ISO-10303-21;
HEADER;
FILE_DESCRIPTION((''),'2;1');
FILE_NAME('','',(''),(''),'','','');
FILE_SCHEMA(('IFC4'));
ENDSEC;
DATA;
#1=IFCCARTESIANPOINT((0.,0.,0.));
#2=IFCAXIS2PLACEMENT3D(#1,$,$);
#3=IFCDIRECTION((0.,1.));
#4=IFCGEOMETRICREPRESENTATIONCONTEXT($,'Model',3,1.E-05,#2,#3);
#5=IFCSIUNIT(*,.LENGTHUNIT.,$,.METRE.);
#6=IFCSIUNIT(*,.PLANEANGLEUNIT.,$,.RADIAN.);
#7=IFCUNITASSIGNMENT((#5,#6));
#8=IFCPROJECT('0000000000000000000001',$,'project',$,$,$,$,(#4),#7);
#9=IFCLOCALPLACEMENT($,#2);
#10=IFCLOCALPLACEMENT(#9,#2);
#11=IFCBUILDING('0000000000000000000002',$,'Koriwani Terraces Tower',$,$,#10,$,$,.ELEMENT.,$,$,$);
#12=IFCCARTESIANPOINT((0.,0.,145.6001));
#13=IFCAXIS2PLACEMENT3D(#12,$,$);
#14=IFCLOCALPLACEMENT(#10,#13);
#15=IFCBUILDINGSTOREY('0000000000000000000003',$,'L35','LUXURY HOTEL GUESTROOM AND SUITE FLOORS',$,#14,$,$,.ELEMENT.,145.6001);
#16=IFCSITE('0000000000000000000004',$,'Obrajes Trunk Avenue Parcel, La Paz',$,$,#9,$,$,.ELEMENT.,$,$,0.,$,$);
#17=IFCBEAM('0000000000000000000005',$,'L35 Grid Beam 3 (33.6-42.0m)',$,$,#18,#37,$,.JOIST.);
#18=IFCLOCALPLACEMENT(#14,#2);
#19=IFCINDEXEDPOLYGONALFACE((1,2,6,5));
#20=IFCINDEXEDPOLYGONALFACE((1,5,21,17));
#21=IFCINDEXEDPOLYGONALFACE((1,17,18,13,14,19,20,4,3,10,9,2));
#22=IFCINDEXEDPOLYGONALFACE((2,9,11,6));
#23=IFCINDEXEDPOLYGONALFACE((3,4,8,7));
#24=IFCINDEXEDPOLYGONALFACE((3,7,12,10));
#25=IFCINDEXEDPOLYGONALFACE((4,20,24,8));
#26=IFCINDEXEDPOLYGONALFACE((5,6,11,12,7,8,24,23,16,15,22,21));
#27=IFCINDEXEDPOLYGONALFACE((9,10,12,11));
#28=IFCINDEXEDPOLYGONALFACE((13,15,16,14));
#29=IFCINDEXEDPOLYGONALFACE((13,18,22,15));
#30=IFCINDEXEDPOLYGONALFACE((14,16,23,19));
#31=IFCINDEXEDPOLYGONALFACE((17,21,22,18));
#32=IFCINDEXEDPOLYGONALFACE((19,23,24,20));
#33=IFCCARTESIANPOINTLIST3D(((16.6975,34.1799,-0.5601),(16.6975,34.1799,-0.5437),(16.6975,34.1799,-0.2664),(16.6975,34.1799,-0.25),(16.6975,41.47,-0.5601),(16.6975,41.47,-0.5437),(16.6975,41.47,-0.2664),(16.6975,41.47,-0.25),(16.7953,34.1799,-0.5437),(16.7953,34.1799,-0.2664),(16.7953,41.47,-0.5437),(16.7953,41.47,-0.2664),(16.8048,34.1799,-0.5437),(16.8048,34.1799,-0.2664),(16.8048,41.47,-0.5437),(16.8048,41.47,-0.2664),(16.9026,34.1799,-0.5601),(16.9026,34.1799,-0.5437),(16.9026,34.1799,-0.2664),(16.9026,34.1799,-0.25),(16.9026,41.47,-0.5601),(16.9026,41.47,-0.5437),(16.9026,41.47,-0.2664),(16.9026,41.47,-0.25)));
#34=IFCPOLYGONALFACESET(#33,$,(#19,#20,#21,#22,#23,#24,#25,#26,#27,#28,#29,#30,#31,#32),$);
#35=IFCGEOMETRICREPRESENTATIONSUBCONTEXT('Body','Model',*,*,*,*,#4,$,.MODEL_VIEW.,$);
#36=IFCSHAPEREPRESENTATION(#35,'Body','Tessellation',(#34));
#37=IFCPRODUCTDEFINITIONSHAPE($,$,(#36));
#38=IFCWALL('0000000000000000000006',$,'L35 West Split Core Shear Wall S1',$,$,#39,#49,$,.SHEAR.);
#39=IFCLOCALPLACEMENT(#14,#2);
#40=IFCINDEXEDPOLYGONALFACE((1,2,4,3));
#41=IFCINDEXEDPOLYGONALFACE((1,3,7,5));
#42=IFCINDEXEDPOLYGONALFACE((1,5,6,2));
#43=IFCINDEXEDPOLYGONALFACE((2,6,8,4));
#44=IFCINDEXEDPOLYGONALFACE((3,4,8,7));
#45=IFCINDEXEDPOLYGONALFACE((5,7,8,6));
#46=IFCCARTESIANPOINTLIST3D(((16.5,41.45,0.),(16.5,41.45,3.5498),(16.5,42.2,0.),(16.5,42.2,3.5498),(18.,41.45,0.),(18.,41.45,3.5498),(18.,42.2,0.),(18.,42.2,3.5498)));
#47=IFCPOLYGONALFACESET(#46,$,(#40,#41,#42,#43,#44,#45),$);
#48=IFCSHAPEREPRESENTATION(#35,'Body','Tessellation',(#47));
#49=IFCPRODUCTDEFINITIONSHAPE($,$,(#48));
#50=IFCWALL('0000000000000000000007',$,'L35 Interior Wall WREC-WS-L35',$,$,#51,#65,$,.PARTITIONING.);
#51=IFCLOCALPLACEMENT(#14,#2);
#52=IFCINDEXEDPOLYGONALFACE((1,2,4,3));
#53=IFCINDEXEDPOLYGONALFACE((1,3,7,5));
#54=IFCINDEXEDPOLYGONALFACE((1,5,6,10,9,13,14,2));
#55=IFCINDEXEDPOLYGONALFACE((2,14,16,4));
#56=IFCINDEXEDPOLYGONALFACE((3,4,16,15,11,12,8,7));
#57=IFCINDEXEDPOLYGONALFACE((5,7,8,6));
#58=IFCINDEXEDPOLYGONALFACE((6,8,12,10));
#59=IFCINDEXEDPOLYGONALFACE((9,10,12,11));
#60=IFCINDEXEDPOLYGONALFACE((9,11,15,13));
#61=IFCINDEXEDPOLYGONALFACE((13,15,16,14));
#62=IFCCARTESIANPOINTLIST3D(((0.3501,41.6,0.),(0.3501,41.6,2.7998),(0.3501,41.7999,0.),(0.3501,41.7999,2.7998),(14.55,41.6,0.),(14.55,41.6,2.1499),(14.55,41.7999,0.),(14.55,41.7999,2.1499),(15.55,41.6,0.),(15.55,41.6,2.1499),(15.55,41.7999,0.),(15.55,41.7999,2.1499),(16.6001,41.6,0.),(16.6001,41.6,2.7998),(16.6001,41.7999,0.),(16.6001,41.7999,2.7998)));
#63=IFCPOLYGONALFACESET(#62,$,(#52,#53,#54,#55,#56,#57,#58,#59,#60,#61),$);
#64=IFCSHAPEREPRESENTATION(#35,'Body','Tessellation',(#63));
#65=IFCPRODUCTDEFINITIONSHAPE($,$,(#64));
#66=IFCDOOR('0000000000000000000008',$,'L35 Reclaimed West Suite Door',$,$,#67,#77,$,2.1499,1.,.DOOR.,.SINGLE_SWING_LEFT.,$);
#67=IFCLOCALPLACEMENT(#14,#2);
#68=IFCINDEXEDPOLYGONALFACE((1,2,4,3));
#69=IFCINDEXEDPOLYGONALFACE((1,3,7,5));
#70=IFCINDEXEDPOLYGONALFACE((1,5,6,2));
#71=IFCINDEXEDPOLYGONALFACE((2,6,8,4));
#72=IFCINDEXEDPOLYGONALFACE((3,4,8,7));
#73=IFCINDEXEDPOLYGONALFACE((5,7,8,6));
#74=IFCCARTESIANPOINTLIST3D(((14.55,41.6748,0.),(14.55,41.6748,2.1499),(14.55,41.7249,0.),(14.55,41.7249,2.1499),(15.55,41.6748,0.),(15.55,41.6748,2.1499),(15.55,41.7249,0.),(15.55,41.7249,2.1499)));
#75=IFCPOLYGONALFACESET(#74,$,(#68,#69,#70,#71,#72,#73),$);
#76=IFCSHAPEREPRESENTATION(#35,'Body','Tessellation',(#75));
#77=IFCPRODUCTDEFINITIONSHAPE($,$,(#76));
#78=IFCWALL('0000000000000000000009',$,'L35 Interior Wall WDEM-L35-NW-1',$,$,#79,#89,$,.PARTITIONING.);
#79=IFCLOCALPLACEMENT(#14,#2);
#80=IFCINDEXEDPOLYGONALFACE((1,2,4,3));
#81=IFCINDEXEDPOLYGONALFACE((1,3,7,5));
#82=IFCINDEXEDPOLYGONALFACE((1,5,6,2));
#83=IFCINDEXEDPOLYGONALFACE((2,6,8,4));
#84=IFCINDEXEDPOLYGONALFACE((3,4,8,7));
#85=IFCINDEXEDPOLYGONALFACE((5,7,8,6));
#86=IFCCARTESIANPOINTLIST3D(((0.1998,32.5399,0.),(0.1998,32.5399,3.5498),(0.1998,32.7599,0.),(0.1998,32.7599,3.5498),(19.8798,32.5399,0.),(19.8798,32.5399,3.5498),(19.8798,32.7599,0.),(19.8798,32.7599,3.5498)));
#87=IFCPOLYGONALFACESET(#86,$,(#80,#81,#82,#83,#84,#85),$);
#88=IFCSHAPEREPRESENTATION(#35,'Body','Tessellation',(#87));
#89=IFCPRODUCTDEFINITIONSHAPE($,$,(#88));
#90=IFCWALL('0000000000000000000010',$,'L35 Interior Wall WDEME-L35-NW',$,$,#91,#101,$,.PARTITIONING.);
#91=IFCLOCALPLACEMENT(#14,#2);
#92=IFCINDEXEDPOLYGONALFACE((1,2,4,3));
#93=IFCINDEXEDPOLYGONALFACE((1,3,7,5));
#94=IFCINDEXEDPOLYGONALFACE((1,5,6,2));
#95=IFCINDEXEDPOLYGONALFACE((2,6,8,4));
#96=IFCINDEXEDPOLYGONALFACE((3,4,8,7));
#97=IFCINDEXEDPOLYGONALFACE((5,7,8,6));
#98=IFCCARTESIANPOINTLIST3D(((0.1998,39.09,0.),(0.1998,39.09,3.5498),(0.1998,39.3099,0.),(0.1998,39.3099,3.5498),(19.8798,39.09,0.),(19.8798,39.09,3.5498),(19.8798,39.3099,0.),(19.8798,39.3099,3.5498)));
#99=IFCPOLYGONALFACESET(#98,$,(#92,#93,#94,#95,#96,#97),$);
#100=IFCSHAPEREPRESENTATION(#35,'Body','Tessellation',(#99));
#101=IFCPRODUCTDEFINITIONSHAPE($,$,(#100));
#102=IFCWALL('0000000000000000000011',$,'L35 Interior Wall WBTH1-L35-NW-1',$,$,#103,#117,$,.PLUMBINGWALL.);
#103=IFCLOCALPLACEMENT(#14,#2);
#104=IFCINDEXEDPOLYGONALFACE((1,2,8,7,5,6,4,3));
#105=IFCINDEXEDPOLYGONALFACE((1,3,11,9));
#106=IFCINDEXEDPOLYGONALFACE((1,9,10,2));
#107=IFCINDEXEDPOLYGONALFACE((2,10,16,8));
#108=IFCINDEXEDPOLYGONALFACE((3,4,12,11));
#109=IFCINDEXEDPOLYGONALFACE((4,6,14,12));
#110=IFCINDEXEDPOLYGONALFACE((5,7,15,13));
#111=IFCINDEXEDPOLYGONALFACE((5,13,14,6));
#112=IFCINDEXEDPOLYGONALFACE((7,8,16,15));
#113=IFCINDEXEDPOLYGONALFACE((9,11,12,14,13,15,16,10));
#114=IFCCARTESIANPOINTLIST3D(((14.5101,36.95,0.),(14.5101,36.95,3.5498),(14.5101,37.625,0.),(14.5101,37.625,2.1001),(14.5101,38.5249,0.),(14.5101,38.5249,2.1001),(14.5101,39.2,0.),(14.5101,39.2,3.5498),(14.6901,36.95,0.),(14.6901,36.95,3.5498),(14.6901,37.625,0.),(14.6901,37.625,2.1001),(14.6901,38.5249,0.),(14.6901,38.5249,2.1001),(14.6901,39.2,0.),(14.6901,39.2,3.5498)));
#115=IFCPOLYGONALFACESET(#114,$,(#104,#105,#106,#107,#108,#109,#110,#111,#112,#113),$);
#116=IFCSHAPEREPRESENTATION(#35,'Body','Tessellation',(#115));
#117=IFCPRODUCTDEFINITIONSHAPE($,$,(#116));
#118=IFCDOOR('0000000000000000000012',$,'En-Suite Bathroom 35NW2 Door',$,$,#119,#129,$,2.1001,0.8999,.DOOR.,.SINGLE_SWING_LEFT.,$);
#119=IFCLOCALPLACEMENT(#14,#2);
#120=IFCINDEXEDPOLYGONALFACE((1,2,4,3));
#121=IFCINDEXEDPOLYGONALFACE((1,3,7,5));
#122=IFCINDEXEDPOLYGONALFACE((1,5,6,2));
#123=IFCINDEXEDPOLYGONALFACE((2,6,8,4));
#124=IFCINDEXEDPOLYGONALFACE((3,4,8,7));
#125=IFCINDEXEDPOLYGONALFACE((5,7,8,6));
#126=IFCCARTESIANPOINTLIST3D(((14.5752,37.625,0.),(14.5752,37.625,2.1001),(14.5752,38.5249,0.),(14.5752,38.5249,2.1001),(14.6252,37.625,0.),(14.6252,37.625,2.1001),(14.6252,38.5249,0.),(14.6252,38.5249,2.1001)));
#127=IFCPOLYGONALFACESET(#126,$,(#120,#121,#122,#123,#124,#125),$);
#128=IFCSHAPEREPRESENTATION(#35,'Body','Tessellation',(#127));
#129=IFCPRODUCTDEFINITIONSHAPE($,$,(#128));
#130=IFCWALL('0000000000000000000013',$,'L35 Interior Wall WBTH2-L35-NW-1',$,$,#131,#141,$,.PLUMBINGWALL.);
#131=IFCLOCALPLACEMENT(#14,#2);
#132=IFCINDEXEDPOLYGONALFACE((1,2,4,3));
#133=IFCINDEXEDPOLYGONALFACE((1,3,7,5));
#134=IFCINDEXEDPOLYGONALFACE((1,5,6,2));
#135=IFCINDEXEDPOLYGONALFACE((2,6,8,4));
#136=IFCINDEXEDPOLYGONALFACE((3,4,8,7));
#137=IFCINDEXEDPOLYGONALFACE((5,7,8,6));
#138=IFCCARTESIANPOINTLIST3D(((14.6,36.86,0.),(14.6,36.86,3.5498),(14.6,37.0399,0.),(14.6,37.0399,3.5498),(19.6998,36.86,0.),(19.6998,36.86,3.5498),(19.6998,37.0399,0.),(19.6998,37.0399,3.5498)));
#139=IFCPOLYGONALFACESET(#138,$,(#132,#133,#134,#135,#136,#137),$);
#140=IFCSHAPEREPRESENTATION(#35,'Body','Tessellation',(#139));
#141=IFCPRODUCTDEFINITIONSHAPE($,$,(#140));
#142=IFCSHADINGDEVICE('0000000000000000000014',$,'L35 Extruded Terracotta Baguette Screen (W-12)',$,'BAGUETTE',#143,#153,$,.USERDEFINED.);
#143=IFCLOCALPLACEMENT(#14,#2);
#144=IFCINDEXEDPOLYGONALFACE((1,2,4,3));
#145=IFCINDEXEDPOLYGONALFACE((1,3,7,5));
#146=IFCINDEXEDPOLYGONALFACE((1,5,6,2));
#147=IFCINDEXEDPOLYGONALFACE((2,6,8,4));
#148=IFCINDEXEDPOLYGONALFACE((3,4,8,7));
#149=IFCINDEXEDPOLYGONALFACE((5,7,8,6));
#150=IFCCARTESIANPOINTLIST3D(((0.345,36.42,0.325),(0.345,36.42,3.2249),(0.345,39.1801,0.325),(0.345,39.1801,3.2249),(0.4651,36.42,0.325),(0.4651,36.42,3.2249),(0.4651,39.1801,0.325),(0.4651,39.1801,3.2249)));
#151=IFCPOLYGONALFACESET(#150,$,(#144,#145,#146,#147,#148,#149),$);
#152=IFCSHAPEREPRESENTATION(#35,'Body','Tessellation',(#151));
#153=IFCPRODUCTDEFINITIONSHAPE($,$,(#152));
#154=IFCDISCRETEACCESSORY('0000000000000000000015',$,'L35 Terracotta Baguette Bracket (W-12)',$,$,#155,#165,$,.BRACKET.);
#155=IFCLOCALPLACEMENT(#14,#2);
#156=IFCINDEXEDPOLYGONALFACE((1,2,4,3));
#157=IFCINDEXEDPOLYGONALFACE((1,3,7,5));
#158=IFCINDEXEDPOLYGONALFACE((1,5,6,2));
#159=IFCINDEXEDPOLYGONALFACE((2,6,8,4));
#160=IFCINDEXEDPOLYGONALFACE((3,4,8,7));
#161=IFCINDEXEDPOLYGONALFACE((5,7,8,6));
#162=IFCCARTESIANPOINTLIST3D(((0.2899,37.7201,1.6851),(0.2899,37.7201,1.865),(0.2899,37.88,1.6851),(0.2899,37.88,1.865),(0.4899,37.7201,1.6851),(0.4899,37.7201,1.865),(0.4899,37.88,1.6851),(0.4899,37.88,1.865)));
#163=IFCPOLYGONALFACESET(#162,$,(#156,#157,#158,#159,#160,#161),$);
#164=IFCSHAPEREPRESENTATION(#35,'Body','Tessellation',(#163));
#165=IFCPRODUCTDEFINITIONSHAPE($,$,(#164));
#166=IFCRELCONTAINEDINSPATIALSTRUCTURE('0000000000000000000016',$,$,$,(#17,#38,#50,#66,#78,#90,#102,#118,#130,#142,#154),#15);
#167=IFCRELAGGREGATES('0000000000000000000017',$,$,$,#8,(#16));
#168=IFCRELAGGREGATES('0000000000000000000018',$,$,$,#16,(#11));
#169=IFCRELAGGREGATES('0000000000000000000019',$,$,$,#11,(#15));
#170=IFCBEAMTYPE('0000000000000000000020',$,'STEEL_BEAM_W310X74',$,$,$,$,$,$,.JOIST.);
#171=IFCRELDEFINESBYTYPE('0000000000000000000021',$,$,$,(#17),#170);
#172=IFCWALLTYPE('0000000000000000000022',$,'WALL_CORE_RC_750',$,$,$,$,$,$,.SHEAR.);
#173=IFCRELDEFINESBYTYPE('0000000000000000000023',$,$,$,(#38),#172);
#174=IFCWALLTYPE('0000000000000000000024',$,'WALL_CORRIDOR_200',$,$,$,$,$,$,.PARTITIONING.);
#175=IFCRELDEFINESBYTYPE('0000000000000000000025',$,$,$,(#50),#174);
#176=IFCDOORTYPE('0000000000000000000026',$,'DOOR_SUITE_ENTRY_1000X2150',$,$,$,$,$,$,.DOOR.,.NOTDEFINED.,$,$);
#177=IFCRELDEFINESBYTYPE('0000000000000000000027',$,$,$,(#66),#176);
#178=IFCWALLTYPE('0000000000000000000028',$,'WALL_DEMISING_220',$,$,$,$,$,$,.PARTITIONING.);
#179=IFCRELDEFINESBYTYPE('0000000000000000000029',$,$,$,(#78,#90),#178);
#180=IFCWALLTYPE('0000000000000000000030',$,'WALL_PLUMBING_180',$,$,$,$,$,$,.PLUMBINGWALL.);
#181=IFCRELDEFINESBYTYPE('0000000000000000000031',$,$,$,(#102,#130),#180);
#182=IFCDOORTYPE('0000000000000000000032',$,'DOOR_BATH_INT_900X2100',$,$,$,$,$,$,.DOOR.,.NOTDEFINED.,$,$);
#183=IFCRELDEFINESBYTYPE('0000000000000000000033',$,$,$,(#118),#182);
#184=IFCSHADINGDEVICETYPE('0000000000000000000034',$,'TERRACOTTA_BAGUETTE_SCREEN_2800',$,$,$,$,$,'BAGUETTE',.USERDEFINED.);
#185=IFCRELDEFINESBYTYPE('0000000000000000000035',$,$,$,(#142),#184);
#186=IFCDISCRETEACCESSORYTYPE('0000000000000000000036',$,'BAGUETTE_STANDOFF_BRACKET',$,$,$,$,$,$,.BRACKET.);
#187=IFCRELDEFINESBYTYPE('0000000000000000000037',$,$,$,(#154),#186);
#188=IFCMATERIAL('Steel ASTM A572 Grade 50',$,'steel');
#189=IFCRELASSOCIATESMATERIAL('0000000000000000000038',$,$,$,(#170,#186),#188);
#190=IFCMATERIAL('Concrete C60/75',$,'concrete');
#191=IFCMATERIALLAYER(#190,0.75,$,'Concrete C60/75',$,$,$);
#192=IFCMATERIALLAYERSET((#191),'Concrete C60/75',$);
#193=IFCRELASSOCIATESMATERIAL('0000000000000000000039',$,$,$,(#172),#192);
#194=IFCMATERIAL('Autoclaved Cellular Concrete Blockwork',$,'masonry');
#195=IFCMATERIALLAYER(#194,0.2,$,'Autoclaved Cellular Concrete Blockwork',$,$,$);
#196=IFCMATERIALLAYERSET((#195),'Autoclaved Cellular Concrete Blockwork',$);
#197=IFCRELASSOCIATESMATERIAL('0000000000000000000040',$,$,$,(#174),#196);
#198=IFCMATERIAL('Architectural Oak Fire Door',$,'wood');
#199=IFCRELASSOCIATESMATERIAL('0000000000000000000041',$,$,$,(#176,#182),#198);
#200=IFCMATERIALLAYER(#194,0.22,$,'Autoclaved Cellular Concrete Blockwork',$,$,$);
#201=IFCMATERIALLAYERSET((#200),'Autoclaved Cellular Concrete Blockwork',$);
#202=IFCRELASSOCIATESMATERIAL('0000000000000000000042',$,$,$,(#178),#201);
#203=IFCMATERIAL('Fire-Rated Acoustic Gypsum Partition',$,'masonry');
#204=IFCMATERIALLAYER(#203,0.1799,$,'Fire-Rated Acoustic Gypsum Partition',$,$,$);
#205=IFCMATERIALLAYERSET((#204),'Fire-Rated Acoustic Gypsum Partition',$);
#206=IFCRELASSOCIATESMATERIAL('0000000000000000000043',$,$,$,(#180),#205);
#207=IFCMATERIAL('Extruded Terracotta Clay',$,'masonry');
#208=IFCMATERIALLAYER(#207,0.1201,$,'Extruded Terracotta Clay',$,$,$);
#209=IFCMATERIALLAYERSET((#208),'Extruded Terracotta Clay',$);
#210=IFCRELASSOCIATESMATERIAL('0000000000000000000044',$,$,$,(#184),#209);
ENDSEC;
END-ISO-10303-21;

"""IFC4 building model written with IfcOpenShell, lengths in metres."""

from ifc_helpers import new_model, si_unit, direction, frame, frame_2d, origin, origin_2d, place, context, subcontext, project, spatial, rectangle, i_section, extrude, material, layer, layer_set, material_profile, profile_set, type_object, element, fill, save


model = new_model("IFC4")

# Units and contexts
model_context = context("Model", 3, precision=1e-05, world=origin(), true_north=direction((0.0, 1.0)))
body_context = subcontext(model_context, "Body", "Model", "MODEL_VIEW")
ifc_project = project(units=[si_unit("LENGTHUNIT", "METRE"), si_unit("PLANEANGLEUNIT", "RADIAN")], contexts=[model_context])

# Site, building, storey
site_placement = place(None, origin())
site = spatial("IfcSite", under=ifc_project, at=site_placement, Name="Obrajes Trunk Avenue Parcel, La Paz", CompositionType="ELEMENT", RefElevation=0.0)
building_placement = place(site_placement, origin())
building = spatial("IfcBuilding", under=site, at=building_placement, Name="Koriwani Terraces Tower", CompositionType="ELEMENT")
storey_placement = place(building_placement, frame((0.0, 0.0, 145.6001)))
storey = spatial("IfcBuildingStorey", under=building, at=storey_placement, Name="L35", Description="LUXURY HOTEL GUESTROOM AND SUITE FLOORS", CompositionType="ELEMENT", Elevation=145.6001)

# Shared definitions
ifc_material_1 = material(Name="Concrete C60/75", Category="concrete")

# Beam
ifc_material_2 = material(Name="Steel ASTM A572 Grade 50", Category="steel")
ifc_material_profile_1 = material_profile(ifc_material_2, i_section(OverallWidth=0.2051, OverallDepth=0.3101, WebThickness=0.0095, FlangeThickness=0.0164, at=origin_2d()), Name="Steel ASTM A572 Grade 50", Category="LoadBearing")
ifc_profile_set_1 = profile_set([ifc_material_profile_1], Name="Steel ASTM A572 Grade 50")
beam_type_1 = type_object("IfcBeamType", Name="STEEL_BEAM_W310X74", PredefinedType="JOIST", material=ifc_profile_set_1)
beam_1_placement = place(storey_placement, frame((16.8, 34.1799, -0.405), z_axis=(0.0, 1.0, 0.0), x_axis=(-1.0, 0.0, 0.0)))
element("IfcBeam", 1, at=beam_1_placement, inside=storey, type_object=beam_type_1, Name="L35 Grid Beam 3 (33.6-42.0m)", PredefinedType="JOIST", context=body_context, shape_type="SweptSolid", body=[
    extrude(i_section(OverallWidth=0.2051, OverallDepth=0.3101, WebThickness=0.0095, FlangeThickness=0.0164, at=origin_2d()), origin(), (0.0, 0.0, 1.0), 7.29),
])

# Wall
ifc_layer_1 = layer(ifc_material_1, 0.75, Name="Concrete C60/75")
ifc_layer_set_1 = layer_set([ifc_layer_1], Name="Concrete C60/75")
wall_type_1 = type_object("IfcWallType", Name="WALL_CORE_RC_750", PredefinedType="SHEAR", material=ifc_layer_set_1)
wall_1_placement = place(storey_placement, frame((16.5, 41.825, 0.0), z_axis=(0.0, 0.0, 1.0), x_axis=(1.0, 0.0, 0.0)))
element("IfcWall", 2, at=wall_1_placement, inside=storey, type_object=wall_type_1, Name="L35 West Split Core Shear Wall S1", PredefinedType="SHEAR", context=body_context, shape_type="SweptSolid", body=[
    extrude(rectangle(XDim=1.5, YDim=0.75, at=frame_2d((0.75, 0.0))), origin(), (0.0, 0.0, 1.0), 3.5498),
])

# Wall, opening, door
ifc_material_3 = material(Name="Autoclaved Cellular Concrete Blockwork", Category="masonry")
ifc_layer_2 = layer(ifc_material_3, 0.2, Name="Autoclaved Cellular Concrete Blockwork")
ifc_layer_set_2 = layer_set([ifc_layer_2], Name="Autoclaved Cellular Concrete Blockwork")
wall_type_2 = type_object("IfcWallType", Name="WALL_CORRIDOR_200", PredefinedType="PARTITIONING", material=ifc_layer_set_2)
wall_2_placement = place(storey_placement, frame((0.3501, 41.7, 0.0), z_axis=(0.0, 0.0, 1.0), x_axis=(1.0, 0.0, 0.0)))
wall_2 = element("IfcWall", 3, at=wall_2_placement, inside=storey, type_object=wall_type_2, Name="L35 Interior Wall WREC-WS-L35", PredefinedType="PARTITIONING", context=body_context, shape_type="SweptSolid", body=[
    extrude(rectangle(XDim=16.25, YDim=0.2, at=frame_2d((8.125, 0.0))), origin(), (0.0, 0.0, 1.0), 2.7998),
])
opening_1_placement = place(wall_2_placement, frame((14.2, 0.0, 0.0)))
opening_1 = element("IfcOpeningElement", 4, at=opening_1_placement, cuts=wall_2, PredefinedType="OPENING", context=body_context, shape_type="SweptSolid", body=[
    extrude(rectangle(XDim=1.0, YDim=2.1499, at=frame_2d((0.5, 1.075))), frame((0.0, 0.1099, 0.0), z_axis=(0.0, -1.0, 0.0), x_axis=(1.0, 0.0, 0.0)), (0.0, 0.0, 1.0), 0.22),
])
ifc_material_4 = material(Name="Architectural Oak Fire Door", Category="wood")
door_type_1 = type_object("IfcDoorType", Name="DOOR_SUITE_ENTRY_1000X2150", OperationType="NOTDEFINED", PredefinedType="DOOR", material=ifc_material_4)
door_1_placement = place(opening_1_placement, origin())
door_1 = element("IfcDoor", 5, at=door_1_placement, inside=storey, type_object=door_type_1, Name="L35 Reclaimed West Suite Door", OperationType="SINGLE_SWING_LEFT", OverallHeight=2.1499, OverallWidth=1.0, PredefinedType="DOOR", context=body_context, shape_type="SweptSolid", body=[
    extrude(rectangle(XDim=1.0, YDim=2.1499, at=frame_2d((0.5, 1.075))), frame((0.0, 0.0249, 0.0), z_axis=(0.0, -1.0, 0.0), x_axis=(1.0, 0.0, 0.0)), (0.0, 0.0, 1.0), 0.05),
])
fill(opening_1, door_1)

# Walls
ifc_layer_3 = layer(ifc_material_3, 0.22, Name="Autoclaved Cellular Concrete Blockwork")
ifc_layer_set_3 = layer_set([ifc_layer_3], Name="Autoclaved Cellular Concrete Blockwork")
wall_type_3 = type_object("IfcWallType", Name="WALL_DEMISING_220", PredefinedType="PARTITIONING", material=ifc_layer_set_3)
for number, where, z_axis, x_axis, name in (
    (6, (0.2, 32.6499, 0.0), (0.0, 0.0, 1.0), (1.0, 0.0, 0.0), "L35 Interior Wall WDEM-L35-NW-1"),
    (7, (0.2, 39.2, 0.0), (0.0, 0.0, 1.0), (1.0, 0.0, 0.0), "L35 Interior Wall WDEME-L35-NW"),
):
    element("IfcWall", number, at=place(storey_placement, frame(where, z_axis=z_axis, x_axis=x_axis)), inside=storey, type_object=wall_type_3, Name=name, PredefinedType="PARTITIONING", context=body_context, shape_type="SweptSolid", body=[
        extrude(rectangle(XDim=19.6799, YDim=0.22, at=frame_2d((9.8398, 0.0))), origin(), (0.0, 0.0, 1.0), 3.5498),
    ])

# Wall, opening, door
ifc_material_5 = material(Name="Fire-Rated Acoustic Gypsum Partition", Category="masonry")
ifc_layer_4 = layer(ifc_material_5, 0.1799, Name="Fire-Rated Acoustic Gypsum Partition")
ifc_layer_set_4 = layer_set([ifc_layer_4], Name="Fire-Rated Acoustic Gypsum Partition")
wall_type_4 = type_object("IfcWallType", Name="WALL_PLUMBING_180", PredefinedType="PLUMBINGWALL", material=ifc_layer_set_4)
wall_3_placement = place(storey_placement, frame((14.6001, 36.95, 0.0), z_axis=(0.0, 0.0, 1.0), x_axis=(0.0, 1.0, 0.0)))
wall_3 = element("IfcWall", 8, at=wall_3_placement, inside=storey, type_object=wall_type_4, Name="L35 Interior Wall WBTH1-L35-NW-1", PredefinedType="PLUMBINGWALL", context=body_context, shape_type="SweptSolid", body=[
    extrude(rectangle(XDim=2.25, YDim=0.1799, at=frame_2d((1.125, 0.0))), origin(), (0.0, 0.0, 1.0), 3.5498),
])
opening_2_placement = place(wall_3_placement, frame((0.675, 0.0, 0.0)))
opening_2 = element("IfcOpeningElement", 9, at=opening_2_placement, cuts=wall_3, PredefinedType="OPENING", context=body_context, shape_type="SweptSolid", body=[
    extrude(rectangle(XDim=0.8999, YDim=2.1001, at=frame_2d((0.45, 1.05))), frame((0.0, 0.1001, 0.0), z_axis=(0.0, -1.0, 0.0), x_axis=(1.0, 0.0, 0.0)), (0.0, 0.0, 1.0), 0.2),
])
door_type_2 = type_object("IfcDoorType", Name="DOOR_BATH_INT_900X2100", OperationType="NOTDEFINED", PredefinedType="DOOR", material=ifc_material_4)
door_2_placement = place(opening_2_placement, origin())
door_2 = element("IfcDoor", 10, at=door_2_placement, inside=storey, type_object=door_type_2, Name="En-Suite Bathroom 35NW2 Door", OperationType="SINGLE_SWING_LEFT", OverallHeight=2.1001, OverallWidth=0.8999, PredefinedType="DOOR", context=body_context, shape_type="SweptSolid", body=[
    extrude(rectangle(XDim=0.8999, YDim=2.1001, at=frame_2d((0.45, 1.05))), frame((0.0, 0.0249, 0.0), z_axis=(0.0, -1.0, 0.0), x_axis=(1.0, 0.0, 0.0)), (0.0, 0.0, 1.0), 0.05),
])
fill(opening_2, door_2)

# Wall
wall_4_placement = place(storey_placement, frame((14.6001, 36.95, 0.0), z_axis=(0.0, 0.0, 1.0), x_axis=(1.0, 0.0, 0.0)))
element("IfcWall", 11, at=wall_4_placement, inside=storey, type_object=wall_type_4, Name="L35 Interior Wall WBTH2-L35-NW-1", PredefinedType="PLUMBINGWALL", context=body_context, shape_type="SweptSolid", body=[
    extrude(rectangle(XDim=5.0999, YDim=0.1799, at=frame_2d((2.5498, 0.0))), origin(), (0.0, 0.0, 1.0), 3.5498),
])

# Shading device
ifc_material_6 = material(Name="Extruded Terracotta Clay", Category="masonry")
ifc_layer_5 = layer(ifc_material_6, 0.1201, Name="Extruded Terracotta Clay")
ifc_layer_set_5 = layer_set([ifc_layer_5], Name="Extruded Terracotta Clay")
shading_device_type = type_object("IfcShadingDeviceType", Name="TERRACOTTA_BAGUETTE_SCREEN_2800", ElementType="BAGUETTE", PredefinedType="USERDEFINED", material=ifc_layer_set_5)
shading_device_placement = place(storey_placement, frame((0.405, 37.8, 0.325), z_axis=(0.0, 0.0, 1.0), x_axis=(0.0, 1.0, 0.0)))
element("IfcShadingDevice", 12, at=shading_device_placement, inside=storey, type_object=shading_device_type, Name="L35 Extruded Terracotta Baguette Screen (W-12)", ObjectType="BAGUETTE", PredefinedType="USERDEFINED", context=body_context, shape_type="SweptSolid", body=[
    extrude(rectangle(XDim=2.76, YDim=0.1201, at=origin_2d()), origin(), (0.0, 0.0, 1.0), 2.8999),
])

# Discrete accessory
discrete_accessory_type = type_object("IfcDiscreteAccessoryType", Name="BAGUETTE_STANDOFF_BRACKET", PredefinedType="BRACKET", material=ifc_material_2)
discrete_accessory_placement = place(storey_placement, frame((0.3899, 37.8, 1.6851), z_axis=(0.0, 0.0, 1.0), x_axis=(0.0, 1.0, 0.0)))
element("IfcDiscreteAccessory", 13, at=discrete_accessory_placement, inside=storey, type_object=discrete_accessory_type, Name="L35 Terracotta Baguette Bracket (W-12)", PredefinedType="BRACKET", context=body_context, shape_type="SweptSolid", body=[
    extrude(rectangle(XDim=0.1599, YDim=0.2, at=origin_2d()), origin(), (0.0, 0.0, 1.0), 0.1799),
])

save(model, "model.ifc")
